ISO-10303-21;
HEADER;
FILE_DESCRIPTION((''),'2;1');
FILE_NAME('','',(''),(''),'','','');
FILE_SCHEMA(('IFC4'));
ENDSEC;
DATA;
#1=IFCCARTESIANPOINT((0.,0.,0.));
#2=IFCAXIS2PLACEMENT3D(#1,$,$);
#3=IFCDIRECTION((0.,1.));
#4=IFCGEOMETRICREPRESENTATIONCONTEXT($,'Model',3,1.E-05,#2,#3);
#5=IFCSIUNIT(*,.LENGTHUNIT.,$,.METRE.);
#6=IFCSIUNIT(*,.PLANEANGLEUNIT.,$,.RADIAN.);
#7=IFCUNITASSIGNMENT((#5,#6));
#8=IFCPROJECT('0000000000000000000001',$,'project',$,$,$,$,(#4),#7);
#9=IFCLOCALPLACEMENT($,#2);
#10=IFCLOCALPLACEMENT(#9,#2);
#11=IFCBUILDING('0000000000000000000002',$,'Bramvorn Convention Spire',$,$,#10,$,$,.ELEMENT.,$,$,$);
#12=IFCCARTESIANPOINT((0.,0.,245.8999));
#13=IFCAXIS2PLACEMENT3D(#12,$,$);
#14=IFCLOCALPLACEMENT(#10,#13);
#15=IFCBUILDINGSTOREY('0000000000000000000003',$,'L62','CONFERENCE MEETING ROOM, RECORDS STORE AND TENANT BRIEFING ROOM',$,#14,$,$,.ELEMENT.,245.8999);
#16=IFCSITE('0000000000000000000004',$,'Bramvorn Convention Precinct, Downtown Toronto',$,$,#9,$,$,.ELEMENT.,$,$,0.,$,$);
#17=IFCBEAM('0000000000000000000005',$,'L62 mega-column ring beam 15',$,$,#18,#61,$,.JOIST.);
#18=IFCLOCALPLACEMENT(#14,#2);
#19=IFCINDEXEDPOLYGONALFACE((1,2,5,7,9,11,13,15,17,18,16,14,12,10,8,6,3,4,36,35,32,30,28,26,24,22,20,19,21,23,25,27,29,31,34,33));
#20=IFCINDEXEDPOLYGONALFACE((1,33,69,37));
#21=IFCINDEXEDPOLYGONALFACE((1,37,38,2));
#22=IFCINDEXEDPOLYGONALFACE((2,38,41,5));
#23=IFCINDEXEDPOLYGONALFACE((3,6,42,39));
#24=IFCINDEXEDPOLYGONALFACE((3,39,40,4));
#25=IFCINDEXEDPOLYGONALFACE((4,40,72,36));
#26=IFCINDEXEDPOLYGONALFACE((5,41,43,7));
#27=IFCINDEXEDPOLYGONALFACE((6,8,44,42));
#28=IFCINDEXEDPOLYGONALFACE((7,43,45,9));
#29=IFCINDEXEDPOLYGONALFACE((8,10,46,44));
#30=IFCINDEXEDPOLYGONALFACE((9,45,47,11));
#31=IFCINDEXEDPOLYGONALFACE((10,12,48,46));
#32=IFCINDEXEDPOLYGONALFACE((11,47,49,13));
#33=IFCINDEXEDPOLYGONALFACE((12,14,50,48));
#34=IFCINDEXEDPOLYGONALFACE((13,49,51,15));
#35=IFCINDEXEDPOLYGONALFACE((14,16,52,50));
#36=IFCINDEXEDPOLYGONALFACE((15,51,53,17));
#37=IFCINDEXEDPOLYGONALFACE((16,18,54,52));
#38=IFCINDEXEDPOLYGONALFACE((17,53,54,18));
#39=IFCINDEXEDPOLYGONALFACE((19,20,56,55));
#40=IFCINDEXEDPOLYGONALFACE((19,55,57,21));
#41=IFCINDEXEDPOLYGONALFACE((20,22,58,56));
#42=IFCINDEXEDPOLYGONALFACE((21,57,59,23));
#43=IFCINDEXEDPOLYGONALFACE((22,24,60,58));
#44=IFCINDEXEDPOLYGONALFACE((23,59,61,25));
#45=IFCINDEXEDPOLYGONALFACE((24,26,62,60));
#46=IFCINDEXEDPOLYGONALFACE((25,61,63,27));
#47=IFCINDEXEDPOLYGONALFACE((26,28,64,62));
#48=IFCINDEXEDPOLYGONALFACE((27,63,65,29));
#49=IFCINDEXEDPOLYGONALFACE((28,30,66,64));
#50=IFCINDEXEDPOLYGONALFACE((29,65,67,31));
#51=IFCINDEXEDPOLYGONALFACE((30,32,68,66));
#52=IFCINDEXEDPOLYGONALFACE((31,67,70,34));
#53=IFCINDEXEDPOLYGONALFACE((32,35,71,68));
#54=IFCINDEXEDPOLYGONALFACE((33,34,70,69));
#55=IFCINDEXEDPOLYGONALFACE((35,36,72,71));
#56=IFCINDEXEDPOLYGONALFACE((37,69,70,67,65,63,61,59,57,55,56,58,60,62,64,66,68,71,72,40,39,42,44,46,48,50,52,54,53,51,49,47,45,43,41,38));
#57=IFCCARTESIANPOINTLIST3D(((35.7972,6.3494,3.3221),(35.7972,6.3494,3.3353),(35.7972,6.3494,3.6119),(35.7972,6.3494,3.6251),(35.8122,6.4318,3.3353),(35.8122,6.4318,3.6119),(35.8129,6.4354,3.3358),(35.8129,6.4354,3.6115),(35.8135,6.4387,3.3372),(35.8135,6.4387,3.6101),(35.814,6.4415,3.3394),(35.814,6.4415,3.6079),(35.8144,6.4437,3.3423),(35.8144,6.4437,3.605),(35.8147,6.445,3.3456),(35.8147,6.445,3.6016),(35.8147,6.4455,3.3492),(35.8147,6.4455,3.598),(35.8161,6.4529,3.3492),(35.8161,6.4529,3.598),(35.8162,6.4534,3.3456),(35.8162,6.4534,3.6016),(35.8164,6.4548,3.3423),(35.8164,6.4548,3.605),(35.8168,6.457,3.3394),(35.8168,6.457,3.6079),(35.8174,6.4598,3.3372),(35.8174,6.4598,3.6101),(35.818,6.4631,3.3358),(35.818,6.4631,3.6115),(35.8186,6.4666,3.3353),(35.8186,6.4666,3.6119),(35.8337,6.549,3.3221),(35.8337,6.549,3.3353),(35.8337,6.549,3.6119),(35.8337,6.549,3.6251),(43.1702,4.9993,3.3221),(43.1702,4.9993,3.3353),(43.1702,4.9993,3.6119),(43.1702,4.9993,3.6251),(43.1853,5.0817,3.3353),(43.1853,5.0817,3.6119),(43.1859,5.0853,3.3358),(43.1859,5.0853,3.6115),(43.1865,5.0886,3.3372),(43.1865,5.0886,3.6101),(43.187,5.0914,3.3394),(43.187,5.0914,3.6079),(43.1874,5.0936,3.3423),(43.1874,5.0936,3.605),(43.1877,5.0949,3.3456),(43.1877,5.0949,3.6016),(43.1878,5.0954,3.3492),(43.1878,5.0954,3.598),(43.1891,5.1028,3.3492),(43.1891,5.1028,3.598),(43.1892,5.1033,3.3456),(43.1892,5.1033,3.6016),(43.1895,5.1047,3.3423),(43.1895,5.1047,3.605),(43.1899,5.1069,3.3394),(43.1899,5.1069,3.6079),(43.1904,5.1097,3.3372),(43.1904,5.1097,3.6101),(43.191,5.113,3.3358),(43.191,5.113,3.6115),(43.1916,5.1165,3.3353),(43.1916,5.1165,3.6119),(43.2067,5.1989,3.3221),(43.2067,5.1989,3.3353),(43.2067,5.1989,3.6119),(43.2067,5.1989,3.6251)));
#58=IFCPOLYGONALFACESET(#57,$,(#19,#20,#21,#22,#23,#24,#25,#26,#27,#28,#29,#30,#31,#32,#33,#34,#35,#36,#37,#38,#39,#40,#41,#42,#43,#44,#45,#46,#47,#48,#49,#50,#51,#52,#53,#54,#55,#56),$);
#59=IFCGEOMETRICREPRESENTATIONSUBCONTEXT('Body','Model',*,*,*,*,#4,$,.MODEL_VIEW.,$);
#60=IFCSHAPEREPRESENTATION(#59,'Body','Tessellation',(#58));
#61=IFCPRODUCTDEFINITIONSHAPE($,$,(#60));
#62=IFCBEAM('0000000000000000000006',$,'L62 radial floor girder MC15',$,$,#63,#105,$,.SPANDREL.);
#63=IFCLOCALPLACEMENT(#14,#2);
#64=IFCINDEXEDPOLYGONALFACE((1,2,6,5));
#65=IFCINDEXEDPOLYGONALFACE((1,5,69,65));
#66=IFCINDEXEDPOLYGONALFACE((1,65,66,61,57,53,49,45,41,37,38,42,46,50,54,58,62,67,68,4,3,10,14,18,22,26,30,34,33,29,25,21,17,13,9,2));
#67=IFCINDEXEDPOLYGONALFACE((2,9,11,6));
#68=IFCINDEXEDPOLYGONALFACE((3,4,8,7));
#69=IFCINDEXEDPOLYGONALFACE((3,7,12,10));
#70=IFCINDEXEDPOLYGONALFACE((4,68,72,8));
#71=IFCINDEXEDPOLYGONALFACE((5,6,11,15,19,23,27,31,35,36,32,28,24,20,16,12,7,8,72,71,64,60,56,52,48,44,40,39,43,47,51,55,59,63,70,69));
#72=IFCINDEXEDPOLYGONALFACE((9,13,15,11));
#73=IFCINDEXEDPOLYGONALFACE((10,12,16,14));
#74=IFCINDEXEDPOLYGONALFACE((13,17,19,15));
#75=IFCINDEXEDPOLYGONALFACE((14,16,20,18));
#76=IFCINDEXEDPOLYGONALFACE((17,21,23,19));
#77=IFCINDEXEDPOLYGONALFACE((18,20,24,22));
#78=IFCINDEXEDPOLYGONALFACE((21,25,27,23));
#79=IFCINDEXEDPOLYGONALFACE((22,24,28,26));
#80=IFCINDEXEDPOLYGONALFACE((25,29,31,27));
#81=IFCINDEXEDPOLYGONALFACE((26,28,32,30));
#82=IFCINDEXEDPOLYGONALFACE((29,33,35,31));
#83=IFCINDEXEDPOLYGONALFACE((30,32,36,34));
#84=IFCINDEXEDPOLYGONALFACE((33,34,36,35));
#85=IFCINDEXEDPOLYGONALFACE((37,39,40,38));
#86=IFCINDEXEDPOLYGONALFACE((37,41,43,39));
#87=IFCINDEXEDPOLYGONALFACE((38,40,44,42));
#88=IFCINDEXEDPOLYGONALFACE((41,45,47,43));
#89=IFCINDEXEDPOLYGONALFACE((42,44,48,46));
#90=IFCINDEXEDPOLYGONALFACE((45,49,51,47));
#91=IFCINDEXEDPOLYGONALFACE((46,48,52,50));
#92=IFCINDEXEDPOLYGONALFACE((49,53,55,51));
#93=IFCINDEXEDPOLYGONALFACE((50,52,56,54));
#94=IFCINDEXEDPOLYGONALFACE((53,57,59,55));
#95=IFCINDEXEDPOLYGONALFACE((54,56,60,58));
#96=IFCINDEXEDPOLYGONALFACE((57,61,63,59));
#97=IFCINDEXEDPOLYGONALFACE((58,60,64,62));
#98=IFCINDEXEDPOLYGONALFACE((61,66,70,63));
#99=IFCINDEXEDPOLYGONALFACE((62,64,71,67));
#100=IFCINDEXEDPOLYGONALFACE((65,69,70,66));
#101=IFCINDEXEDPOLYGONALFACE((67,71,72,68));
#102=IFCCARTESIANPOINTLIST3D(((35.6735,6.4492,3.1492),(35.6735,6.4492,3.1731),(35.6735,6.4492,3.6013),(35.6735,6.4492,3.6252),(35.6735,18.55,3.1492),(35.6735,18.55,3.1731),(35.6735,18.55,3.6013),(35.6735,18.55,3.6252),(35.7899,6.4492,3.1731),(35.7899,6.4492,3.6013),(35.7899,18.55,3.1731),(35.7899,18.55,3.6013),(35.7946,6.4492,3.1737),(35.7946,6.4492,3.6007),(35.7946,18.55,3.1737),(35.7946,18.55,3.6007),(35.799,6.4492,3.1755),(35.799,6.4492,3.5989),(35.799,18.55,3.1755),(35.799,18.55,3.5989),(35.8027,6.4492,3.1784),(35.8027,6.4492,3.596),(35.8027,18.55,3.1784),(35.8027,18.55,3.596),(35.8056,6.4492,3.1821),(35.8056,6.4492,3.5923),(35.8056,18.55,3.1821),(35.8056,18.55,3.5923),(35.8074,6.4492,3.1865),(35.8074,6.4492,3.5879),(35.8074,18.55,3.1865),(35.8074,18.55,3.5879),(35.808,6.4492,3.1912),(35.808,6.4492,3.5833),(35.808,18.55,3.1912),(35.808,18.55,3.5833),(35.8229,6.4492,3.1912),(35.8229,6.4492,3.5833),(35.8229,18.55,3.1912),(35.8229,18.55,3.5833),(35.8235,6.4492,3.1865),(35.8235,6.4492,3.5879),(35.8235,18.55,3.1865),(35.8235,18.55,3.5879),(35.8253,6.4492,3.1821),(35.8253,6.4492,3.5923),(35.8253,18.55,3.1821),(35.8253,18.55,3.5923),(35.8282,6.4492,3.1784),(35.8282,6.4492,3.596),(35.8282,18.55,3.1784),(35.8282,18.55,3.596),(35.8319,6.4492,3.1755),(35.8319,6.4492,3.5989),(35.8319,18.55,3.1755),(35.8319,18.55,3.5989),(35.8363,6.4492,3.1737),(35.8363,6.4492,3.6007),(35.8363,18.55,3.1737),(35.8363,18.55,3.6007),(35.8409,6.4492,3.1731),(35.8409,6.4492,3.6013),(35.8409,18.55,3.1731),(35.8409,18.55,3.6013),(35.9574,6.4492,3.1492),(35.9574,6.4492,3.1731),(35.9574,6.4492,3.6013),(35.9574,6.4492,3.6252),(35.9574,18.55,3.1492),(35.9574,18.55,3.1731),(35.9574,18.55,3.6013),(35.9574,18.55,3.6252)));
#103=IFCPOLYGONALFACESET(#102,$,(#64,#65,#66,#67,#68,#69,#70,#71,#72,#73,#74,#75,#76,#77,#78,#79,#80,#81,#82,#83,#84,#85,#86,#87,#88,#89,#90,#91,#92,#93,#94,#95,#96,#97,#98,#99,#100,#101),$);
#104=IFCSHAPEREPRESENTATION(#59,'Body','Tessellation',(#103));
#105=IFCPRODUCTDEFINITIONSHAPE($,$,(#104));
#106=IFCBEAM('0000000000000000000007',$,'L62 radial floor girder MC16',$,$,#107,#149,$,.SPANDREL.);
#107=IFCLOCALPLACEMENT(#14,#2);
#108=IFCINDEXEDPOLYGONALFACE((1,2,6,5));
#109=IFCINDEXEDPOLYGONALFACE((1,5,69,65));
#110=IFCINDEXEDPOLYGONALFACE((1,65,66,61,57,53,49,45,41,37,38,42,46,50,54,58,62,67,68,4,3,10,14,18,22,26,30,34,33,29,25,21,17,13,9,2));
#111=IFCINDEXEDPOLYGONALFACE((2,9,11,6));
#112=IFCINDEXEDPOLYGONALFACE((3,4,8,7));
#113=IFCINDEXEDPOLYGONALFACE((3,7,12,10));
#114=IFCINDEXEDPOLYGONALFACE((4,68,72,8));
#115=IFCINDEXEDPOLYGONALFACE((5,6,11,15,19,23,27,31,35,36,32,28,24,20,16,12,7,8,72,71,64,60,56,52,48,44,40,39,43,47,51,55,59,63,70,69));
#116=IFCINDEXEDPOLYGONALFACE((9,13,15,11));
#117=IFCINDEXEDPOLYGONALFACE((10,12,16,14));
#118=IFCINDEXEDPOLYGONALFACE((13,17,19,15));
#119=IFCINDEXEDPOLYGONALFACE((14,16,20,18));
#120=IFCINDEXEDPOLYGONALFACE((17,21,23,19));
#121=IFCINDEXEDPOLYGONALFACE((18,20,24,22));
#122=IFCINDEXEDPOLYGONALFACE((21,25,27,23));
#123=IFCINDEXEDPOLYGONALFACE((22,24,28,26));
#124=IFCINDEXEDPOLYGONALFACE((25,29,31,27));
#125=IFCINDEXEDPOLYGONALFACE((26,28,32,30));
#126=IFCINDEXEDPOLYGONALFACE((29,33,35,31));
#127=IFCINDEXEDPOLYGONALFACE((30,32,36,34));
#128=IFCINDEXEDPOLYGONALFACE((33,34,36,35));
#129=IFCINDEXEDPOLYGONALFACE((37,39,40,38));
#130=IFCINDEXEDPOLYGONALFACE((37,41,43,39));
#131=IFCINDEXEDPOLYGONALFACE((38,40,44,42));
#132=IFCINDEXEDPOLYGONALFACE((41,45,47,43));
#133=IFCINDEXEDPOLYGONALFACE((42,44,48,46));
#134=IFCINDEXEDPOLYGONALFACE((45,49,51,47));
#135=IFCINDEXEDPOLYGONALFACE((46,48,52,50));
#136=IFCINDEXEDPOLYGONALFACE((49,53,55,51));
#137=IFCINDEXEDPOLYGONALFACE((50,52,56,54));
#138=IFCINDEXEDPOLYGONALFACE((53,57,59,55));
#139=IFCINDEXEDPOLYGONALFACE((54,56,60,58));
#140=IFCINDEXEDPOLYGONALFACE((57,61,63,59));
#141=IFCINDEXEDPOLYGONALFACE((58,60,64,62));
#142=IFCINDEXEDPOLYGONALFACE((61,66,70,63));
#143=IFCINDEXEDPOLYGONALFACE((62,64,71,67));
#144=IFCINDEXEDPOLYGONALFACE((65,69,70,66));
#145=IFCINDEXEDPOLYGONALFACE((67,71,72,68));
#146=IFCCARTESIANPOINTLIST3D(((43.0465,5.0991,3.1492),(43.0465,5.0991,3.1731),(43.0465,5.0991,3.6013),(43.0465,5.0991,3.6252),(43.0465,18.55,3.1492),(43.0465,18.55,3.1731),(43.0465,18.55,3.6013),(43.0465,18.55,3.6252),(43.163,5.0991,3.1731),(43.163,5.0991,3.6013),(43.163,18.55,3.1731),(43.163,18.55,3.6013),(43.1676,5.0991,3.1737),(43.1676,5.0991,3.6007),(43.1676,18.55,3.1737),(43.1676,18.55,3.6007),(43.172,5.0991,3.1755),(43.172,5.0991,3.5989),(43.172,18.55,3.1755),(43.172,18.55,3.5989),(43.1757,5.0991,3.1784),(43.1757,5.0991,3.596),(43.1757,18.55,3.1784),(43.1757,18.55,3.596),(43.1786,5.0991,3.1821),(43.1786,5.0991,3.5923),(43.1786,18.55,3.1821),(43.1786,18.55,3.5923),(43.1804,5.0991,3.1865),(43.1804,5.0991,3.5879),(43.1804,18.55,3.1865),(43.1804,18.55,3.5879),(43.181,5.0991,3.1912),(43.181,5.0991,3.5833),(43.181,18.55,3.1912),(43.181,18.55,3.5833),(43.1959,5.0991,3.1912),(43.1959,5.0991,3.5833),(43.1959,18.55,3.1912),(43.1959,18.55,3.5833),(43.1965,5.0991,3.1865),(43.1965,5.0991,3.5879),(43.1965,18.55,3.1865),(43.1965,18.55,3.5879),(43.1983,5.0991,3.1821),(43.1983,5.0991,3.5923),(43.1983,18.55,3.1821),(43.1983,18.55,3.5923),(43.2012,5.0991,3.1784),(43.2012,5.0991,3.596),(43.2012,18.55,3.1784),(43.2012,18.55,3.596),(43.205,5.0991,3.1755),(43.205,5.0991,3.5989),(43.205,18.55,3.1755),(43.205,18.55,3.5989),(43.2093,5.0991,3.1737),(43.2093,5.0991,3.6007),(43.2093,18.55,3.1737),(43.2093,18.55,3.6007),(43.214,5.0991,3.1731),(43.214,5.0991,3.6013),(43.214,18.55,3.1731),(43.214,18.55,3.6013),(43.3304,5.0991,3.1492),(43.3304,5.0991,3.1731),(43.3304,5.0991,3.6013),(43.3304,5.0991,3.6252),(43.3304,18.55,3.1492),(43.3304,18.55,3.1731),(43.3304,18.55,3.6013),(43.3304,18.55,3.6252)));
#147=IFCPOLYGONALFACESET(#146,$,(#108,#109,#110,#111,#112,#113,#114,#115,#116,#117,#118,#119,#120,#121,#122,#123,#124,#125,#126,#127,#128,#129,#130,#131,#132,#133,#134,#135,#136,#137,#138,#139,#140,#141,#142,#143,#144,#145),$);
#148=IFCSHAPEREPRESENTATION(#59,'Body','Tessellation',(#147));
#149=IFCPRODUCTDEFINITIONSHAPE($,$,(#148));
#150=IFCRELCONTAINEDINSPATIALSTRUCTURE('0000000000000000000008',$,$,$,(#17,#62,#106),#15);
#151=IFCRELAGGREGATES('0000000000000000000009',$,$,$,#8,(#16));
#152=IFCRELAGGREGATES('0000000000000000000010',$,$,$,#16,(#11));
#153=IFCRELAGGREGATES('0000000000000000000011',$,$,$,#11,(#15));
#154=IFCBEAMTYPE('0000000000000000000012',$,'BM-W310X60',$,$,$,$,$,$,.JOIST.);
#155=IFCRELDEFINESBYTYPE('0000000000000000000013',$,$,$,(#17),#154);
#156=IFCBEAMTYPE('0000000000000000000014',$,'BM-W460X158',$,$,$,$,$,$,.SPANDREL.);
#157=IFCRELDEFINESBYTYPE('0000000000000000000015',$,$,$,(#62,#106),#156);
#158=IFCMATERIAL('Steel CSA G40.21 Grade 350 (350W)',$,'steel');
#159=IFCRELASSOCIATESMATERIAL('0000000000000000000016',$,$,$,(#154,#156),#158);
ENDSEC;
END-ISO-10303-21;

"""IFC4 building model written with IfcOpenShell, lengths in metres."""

from ifc_helpers import new_model, si_unit, direction, frame, origin, origin_2d, place, context, subcontext, project, spatial, i_section, extrude, material, material_profile, profile_set, type_object, element, save


model = new_model("IFC4")

# Units and contexts
model_context = context("Model", 3, precision=1e-05, world=origin(), true_north=direction((0.0, 1.0)))
body_context = subcontext(model_context, "Body", "Model", "MODEL_VIEW")
ifc_project = project(units=[si_unit("LENGTHUNIT", "METRE"), si_unit("PLANEANGLEUNIT", "RADIAN")], contexts=[model_context])

# Site, building, storey
site_placement = place(None, origin())
site = spatial("IfcSite", under=ifc_project, at=site_placement, Name="Bramvorn Convention Precinct, Downtown Toronto", CompositionType="ELEMENT", RefElevation=0.0)
building_placement = place(site_placement, origin())
building = spatial("IfcBuilding", under=site, at=building_placement, Name="Bramvorn Convention Spire", CompositionType="ELEMENT")
storey_placement = place(building_placement, frame((0.0, 0.0, 245.8999)))
storey = spatial("IfcBuildingStorey", under=building, at=storey_placement, Name="L62", Description="CONFERENCE MEETING ROOM, RECORDS STORE AND TENANT BRIEFING ROOM", CompositionType="ELEMENT", Elevation=245.8999)

# Shared definitions
ifc_material_1 = material(Name="Steel CSA G40.21 Grade 350 (350W)", Category="steel")

# Beams
ifc_material_profile_1 = material_profile(ifc_material_1, i_section(OverallWidth=0.2029, OverallDepth=0.303, WebThickness=0.0076, FlangeThickness=0.0132, FilletRadius=0.0139, at=origin_2d()))
ifc_profile_set_1 = profile_set([ifc_material_profile_1], Name="Steel CSA G40.21 Grade 350 (350W) - W310X60")
beam_type_1 = type_object("IfcBeamType", Name="BM-W310X60", PredefinedType="JOIST", material=ifc_profile_set_1)
beam_1_placement = place(storey_placement, frame((35.8154, 6.4492, 3.4736), z_axis=(0.983645, -0.180118, 0.0), x_axis=(0.180118, 0.983645, 0.0)))
element("IfcBeam", 1, at=beam_1_placement, inside=storey, type_object=beam_type_1, Name="L62 mega-column ring beam 15", PredefinedType="JOIST", context=body_context, shape_type="SweptSolid", body=[
    extrude(i_section(OverallWidth=0.2029, OverallDepth=0.303, WebThickness=0.0076, FlangeThickness=0.0132, FilletRadius=0.0139, at=origin_2d()), origin(), (0.0, 0.0, 1.0), 7.4956),
])
ifc_material_profile_2 = material_profile(ifc_material_1, i_section(OverallWidth=0.2839, OverallDepth=0.4761, WebThickness=0.0149, FlangeThickness=0.0239, FilletRadius=0.0181, at=origin_2d()))
ifc_profile_set_2 = profile_set([ifc_material_profile_2], Name="Steel CSA G40.21 Grade 350 (350W) - W460X158")
beam_type_2 = type_object("IfcBeamType", Name="BM-W460X158", PredefinedType="SPANDREL", material=ifc_profile_set_2)
beam_2_placement = place(storey_placement, frame((35.8154, 18.55, 3.3872), z_axis=(0.0, -1.0, 0.0), x_axis=(1.0, 0.0, 0.0)))
element("IfcBeam", 2, at=beam_2_placement, inside=storey, type_object=beam_type_2, Name="L62 radial floor girder MC15", PredefinedType="SPANDREL", context=body_context, shape_type="SweptSolid", body=[
    extrude(i_section(OverallWidth=0.2839, OverallDepth=0.4761, WebThickness=0.0149, FlangeThickness=0.0239, FilletRadius=0.0181, at=origin_2d()), origin(), (0.0, 0.0, 1.0), 12.1008),
])
beam_3_placement = place(storey_placement, frame((43.1885, 18.55, 3.3872), z_axis=(0.0, -1.0, 0.0), x_axis=(1.0, 0.0, 0.0)))
element("IfcBeam", 3, at=beam_3_placement, inside=storey, type_object=beam_type_2, Name="L62 radial floor girder MC16", PredefinedType="SPANDREL", context=body_context, shape_type="SweptSolid", body=[
    extrude(i_section(OverallWidth=0.2839, OverallDepth=0.4761, WebThickness=0.0149, FlangeThickness=0.0239, FilletRadius=0.0181, at=origin_2d()), origin(), (0.0, 0.0, 1.0), 13.4509),
])

save(model, "model.ifc")
